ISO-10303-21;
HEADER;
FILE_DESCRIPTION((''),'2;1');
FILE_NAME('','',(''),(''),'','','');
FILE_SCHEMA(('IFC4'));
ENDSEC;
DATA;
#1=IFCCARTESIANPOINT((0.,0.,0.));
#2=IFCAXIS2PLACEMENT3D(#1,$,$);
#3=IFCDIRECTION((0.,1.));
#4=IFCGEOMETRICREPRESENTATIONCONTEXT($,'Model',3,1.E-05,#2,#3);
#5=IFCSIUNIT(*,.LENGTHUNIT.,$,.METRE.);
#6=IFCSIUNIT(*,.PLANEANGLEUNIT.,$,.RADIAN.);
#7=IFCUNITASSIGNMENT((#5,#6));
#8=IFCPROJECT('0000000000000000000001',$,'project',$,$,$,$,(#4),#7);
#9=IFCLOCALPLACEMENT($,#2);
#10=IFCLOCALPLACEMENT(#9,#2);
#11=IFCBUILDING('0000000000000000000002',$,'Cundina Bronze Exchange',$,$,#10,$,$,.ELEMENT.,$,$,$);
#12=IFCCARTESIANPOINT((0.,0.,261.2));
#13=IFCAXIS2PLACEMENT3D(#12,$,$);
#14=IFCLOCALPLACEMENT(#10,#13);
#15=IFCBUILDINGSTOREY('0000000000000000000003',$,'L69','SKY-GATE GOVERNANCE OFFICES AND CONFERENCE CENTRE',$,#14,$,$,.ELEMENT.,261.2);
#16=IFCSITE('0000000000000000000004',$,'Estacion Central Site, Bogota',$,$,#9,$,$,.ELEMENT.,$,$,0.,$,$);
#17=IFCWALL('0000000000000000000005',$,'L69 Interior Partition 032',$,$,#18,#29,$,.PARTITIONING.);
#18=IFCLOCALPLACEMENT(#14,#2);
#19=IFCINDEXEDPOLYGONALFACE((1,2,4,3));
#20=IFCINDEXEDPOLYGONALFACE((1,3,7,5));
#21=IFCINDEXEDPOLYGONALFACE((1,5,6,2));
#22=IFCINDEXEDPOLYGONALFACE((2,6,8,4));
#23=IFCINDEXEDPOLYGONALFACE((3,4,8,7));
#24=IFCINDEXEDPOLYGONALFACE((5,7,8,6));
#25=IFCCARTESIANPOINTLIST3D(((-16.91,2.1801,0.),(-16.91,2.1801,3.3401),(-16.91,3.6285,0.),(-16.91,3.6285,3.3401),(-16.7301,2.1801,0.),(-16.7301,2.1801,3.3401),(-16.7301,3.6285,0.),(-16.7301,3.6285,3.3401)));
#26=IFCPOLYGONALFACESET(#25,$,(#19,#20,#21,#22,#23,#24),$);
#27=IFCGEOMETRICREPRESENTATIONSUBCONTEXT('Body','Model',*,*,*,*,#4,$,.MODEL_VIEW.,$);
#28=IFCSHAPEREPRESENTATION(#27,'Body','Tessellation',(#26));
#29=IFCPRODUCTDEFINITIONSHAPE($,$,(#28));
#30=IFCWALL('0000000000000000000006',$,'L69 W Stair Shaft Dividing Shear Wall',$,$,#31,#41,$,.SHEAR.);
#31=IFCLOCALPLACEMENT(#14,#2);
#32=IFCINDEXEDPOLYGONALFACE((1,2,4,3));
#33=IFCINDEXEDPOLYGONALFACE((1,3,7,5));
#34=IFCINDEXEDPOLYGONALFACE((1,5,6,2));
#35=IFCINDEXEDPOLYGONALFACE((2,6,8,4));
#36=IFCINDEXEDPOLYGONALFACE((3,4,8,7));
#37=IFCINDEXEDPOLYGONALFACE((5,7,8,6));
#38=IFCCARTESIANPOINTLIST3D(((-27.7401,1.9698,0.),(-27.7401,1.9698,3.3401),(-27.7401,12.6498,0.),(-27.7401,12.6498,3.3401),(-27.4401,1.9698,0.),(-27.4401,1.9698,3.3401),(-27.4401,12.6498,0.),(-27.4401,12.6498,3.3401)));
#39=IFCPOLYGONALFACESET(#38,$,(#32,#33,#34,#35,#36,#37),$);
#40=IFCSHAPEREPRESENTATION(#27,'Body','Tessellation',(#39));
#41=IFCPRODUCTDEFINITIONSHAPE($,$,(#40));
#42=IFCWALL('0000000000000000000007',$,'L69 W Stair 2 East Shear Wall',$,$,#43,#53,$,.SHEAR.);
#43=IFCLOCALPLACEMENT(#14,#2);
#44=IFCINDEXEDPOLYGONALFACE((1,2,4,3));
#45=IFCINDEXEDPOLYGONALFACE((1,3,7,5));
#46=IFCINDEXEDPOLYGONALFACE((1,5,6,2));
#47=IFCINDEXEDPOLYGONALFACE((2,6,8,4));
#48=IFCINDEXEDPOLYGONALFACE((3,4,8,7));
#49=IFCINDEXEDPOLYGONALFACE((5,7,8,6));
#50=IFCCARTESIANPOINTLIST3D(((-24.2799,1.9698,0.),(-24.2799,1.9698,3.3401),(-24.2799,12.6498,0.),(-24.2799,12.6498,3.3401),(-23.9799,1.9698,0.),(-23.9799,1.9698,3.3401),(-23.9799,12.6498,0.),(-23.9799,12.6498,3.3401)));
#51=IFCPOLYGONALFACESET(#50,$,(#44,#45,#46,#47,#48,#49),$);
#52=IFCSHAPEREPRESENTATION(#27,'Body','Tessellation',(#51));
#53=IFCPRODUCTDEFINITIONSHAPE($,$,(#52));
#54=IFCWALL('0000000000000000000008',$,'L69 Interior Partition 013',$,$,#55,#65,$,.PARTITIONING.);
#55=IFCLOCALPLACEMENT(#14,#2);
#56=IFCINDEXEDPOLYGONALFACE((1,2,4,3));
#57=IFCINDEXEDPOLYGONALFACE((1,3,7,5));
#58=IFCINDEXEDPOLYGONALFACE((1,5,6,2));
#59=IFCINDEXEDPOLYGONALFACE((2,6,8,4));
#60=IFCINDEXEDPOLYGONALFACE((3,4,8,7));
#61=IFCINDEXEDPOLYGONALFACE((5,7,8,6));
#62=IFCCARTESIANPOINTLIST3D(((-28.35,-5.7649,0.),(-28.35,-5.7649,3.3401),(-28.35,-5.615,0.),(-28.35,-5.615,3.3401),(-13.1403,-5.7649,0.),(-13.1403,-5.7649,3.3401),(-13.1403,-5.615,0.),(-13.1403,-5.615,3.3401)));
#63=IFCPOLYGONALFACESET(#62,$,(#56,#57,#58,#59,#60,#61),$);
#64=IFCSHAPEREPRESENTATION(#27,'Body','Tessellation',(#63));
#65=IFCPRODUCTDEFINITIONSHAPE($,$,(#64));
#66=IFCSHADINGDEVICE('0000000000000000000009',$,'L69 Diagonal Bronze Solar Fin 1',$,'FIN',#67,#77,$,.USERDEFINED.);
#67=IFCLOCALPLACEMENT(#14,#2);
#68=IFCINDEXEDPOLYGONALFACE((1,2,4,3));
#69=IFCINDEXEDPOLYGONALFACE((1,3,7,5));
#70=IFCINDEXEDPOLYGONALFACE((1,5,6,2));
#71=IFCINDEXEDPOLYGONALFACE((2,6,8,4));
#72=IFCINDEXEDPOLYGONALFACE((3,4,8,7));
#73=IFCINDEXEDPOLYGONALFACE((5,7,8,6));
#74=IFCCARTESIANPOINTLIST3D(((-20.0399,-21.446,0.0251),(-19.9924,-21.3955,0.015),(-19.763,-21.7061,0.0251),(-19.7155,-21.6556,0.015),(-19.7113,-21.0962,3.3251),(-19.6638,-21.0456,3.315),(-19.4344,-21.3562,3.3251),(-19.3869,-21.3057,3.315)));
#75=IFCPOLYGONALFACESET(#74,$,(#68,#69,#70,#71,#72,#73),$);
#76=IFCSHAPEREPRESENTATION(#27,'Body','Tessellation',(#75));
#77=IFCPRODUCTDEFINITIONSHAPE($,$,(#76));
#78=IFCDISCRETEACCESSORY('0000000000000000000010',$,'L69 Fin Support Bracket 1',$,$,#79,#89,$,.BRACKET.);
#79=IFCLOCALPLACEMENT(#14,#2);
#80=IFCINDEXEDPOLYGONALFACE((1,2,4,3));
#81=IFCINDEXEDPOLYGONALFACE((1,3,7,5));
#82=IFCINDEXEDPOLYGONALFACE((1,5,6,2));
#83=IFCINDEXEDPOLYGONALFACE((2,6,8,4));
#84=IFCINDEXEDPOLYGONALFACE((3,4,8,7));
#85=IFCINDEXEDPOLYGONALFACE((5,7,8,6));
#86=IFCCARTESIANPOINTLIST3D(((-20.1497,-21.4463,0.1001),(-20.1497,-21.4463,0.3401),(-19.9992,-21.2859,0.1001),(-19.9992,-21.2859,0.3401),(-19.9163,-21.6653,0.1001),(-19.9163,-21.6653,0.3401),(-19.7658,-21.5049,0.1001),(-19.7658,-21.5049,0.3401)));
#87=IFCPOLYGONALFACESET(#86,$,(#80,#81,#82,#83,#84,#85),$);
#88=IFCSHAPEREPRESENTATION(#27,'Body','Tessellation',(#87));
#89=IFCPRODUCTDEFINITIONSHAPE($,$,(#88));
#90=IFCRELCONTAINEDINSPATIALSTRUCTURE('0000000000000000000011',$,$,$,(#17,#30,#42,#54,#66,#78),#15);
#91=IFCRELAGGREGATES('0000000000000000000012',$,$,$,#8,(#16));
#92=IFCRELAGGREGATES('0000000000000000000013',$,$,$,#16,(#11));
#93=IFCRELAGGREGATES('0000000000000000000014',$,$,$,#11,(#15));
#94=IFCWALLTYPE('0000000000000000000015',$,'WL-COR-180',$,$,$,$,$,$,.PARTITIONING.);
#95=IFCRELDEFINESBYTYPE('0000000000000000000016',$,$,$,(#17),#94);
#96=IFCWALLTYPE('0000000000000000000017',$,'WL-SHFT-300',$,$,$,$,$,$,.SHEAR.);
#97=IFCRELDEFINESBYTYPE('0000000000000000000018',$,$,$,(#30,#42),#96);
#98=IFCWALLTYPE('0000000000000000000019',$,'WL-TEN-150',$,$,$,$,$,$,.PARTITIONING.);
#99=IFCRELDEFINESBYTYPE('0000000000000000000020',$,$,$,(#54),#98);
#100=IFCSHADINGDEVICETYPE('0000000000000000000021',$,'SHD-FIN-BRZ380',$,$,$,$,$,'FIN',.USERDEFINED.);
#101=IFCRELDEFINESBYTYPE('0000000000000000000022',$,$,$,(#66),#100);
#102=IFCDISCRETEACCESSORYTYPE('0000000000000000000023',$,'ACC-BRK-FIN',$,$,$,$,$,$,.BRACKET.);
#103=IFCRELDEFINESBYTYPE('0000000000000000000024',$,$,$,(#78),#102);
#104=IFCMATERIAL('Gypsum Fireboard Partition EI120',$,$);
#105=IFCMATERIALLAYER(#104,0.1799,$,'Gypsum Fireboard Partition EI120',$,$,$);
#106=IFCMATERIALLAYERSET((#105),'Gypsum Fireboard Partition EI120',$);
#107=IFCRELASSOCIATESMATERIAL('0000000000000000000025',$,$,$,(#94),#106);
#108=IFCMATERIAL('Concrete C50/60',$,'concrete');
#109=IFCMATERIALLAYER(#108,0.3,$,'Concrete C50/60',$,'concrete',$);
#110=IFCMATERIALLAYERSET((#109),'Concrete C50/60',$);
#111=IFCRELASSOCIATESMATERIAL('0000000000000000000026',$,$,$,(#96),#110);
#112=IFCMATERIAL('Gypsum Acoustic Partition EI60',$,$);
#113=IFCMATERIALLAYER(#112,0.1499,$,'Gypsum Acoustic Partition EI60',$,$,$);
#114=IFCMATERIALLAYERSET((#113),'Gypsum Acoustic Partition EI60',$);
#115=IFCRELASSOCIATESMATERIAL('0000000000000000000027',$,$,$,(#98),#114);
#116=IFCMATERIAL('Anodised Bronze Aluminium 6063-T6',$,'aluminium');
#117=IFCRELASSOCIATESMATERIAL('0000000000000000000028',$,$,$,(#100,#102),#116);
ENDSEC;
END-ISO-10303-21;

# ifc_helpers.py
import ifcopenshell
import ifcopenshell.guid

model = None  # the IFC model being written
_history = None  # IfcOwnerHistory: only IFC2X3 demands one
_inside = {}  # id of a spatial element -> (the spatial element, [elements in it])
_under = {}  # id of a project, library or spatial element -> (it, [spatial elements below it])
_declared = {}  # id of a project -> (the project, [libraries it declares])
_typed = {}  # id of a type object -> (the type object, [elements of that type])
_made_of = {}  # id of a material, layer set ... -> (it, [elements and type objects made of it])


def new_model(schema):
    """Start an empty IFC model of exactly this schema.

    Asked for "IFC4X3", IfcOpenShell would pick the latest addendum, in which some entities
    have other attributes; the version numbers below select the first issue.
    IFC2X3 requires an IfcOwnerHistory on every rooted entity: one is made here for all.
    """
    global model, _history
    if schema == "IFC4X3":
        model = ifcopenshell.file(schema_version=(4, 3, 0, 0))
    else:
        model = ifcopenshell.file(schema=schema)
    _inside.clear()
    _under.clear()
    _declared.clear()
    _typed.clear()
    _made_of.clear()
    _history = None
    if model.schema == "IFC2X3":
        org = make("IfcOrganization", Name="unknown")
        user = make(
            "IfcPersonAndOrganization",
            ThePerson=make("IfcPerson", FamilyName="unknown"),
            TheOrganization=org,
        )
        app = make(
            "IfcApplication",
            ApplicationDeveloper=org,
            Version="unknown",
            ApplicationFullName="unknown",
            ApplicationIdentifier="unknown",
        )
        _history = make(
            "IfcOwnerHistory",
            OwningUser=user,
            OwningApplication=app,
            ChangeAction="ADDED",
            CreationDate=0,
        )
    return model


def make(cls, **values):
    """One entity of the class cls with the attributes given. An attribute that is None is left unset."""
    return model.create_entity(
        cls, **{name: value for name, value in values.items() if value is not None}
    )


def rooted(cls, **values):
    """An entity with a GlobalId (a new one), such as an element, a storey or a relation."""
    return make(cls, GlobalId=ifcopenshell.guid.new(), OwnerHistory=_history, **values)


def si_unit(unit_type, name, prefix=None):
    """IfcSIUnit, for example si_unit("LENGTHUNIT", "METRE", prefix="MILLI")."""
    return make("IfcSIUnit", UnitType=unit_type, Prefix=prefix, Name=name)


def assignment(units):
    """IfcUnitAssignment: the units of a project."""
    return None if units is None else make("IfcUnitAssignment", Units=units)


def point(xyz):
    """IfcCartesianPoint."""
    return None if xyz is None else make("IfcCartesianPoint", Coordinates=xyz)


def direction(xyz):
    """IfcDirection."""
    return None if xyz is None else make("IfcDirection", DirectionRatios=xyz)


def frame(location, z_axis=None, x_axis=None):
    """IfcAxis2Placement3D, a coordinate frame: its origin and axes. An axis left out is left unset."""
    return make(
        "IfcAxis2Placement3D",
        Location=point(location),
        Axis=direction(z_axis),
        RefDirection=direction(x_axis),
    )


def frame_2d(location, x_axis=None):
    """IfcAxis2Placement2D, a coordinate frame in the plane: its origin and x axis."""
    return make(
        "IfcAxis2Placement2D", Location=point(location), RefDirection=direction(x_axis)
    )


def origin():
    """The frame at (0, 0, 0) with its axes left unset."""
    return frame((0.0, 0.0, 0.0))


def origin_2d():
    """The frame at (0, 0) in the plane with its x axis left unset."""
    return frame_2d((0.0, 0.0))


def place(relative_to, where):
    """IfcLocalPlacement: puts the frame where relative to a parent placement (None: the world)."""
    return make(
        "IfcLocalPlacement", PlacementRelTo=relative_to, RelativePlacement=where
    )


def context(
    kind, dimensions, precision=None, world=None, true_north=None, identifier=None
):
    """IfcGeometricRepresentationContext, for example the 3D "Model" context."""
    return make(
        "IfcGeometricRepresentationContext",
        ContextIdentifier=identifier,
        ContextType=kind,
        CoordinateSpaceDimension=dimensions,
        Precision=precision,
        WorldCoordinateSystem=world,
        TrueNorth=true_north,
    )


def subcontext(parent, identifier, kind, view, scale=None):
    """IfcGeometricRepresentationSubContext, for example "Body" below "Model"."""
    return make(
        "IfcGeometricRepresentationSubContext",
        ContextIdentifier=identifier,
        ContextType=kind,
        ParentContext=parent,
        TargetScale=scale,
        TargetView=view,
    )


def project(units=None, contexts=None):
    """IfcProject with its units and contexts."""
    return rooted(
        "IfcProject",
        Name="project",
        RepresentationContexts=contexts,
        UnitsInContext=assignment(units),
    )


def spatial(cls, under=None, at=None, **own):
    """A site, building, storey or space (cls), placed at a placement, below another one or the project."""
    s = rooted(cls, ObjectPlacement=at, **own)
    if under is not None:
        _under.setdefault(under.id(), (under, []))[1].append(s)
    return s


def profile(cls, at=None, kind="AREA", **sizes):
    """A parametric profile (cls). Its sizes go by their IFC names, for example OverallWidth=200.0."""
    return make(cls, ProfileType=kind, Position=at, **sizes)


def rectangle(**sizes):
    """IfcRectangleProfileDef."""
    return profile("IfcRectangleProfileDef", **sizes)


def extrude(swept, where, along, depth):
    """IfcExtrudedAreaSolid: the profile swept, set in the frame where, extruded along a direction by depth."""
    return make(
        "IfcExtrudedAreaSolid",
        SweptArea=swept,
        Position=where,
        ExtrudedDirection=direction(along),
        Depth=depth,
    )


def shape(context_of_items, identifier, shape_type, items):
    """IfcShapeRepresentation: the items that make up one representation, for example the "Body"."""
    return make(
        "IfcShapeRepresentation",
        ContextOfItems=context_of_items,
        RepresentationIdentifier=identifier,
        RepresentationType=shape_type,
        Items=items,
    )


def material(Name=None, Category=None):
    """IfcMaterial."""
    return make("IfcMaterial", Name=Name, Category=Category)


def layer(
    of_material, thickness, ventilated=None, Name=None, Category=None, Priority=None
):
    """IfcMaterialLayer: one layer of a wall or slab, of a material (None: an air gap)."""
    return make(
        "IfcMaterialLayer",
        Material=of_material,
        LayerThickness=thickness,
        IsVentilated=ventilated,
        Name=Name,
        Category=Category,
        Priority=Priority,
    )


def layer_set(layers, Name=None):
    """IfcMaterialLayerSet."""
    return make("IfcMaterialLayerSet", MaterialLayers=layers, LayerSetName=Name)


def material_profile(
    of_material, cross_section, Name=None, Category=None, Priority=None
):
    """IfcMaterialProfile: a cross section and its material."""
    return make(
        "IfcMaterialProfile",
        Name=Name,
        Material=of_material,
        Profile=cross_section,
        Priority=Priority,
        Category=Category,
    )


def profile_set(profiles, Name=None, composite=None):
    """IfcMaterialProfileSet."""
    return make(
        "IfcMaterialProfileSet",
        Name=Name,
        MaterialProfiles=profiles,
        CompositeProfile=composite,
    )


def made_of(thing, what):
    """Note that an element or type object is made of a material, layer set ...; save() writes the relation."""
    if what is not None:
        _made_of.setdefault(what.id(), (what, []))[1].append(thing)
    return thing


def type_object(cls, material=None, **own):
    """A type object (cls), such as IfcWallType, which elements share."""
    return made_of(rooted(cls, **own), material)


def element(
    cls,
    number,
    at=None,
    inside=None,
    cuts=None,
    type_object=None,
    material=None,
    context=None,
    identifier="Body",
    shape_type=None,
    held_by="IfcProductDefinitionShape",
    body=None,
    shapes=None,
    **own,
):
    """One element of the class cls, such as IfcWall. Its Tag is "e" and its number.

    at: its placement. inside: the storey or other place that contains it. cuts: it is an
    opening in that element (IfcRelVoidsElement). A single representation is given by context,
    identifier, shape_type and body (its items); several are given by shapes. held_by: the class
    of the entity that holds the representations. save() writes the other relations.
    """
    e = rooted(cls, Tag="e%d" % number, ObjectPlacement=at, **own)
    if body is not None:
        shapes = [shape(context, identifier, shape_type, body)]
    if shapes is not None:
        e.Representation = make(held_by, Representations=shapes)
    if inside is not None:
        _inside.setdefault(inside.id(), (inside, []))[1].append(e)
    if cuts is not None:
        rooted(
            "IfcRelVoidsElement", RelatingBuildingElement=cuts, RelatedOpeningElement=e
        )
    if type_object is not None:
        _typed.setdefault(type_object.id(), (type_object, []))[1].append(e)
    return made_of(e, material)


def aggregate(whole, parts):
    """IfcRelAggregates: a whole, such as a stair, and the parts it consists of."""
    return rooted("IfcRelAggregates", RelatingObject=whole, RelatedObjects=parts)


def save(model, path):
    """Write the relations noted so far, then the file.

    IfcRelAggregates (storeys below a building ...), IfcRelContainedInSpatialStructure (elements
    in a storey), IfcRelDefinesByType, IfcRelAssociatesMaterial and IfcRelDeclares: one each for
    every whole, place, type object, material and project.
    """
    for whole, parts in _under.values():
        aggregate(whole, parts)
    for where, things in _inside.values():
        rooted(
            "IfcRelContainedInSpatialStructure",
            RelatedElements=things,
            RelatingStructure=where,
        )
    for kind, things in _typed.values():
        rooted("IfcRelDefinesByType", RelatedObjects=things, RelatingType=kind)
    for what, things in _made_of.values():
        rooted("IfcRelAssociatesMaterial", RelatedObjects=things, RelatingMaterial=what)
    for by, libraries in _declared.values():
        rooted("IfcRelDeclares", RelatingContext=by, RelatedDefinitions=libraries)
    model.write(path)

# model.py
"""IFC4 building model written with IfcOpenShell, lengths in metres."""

from ifc_helpers import new_model, si_unit, direction, frame, frame_2d, origin, origin_2d, place, context, subcontext, project, spatial, rectangle, extrude, material, layer, layer_set, material_profile, profile_set, type_object, element, save


model = new_model("IFC4")

# Units and contexts
model_context = context("Model", 3, precision=1e-05, world=origin(), true_north=direction((0.0, 1.0)))
body_context = subcontext(model_context, "Body", "Model", "MODEL_VIEW")
ifc_project = project(units=[si_unit("LENGTHUNIT", "METRE"), si_unit("PLANEANGLEUNIT", "RADIAN")], contexts=[model_context])

# Site, building, storey
site_placement = place(None, origin())
site = spatial("IfcSite", under=ifc_project, at=site_placement, Name="Estacion Central Site, Bogota", CompositionType="ELEMENT", RefElevation=0.0)
building_placement = place(site_placement, origin())
building = spatial("IfcBuilding", under=site, at=building_placement, Name="Cundina Bronze Exchange", CompositionType="ELEMENT")
storey_placement = place(building_placement, frame((0.0, 0.0, 261.2)))
storey = spatial("IfcBuildingStorey", under=building, at=storey_placement, Name="L69", Description="SKY-GATE GOVERNANCE OFFICES AND CONFERENCE CENTRE", CompositionType="ELEMENT", Elevation=261.2)

# Shared definitions
ifc_material_1 = material(Name="Concrete C50/60", Category="concrete")

# Shared definitions
ifc_material_2 = material(Name="Anodised Bronze Aluminium 6063-T6", Category="aluminium")

# Shared definitions
ifc_material_3 = material(Name="Gypsum Fireboard Partition EI120")
ifc_layer_1 = layer(ifc_material_3, 0.1799, Name="Gypsum Fireboard Partition EI120")
ifc_layer_set_1 = layer_set([ifc_layer_1], Name="Gypsum Fireboard Partition EI120")
wall_type_1 = type_object("IfcWallType", Name="WL-COR-180", PredefinedType="PARTITIONING", material=ifc_layer_set_1)

# Walls
wall_1_placement = place(storey_placement, frame((-16.8201, 3.6284, 0.0), z_axis=(0.0, 0.0, 1.0), x_axis=(0.0, -1.0, 0.0)))
element("IfcWall", 1, at=wall_1_placement, inside=storey, type_object=wall_type_1, Name="L69 Interior Partition 032", PredefinedType="PARTITIONING", context=body_context, shape_type="SweptSolid", body=[
    extrude(rectangle(XDim=1.4485, YDim=0.1799, at=frame_2d((0.7241, 0.0))), origin(), (0.0, 0.0, 1.0), 3.3401),
])
ifc_layer_2 = layer(ifc_material_1, 0.3, Name="Concrete C50/60", Category="concrete")
ifc_layer_set_2 = layer_set([ifc_layer_2], Name="Concrete C50/60")
wall_type_2 = type_object("IfcWallType", Name="WL-SHFT-300", PredefinedType="SHEAR", material=ifc_layer_set_2)
for number, where, z_axis, x_axis, name in (
    (2, (-27.5901, 1.97, 0.0), (0.0, 0.0, 1.0), (0.0, 1.0, 0.0), "L69 W Stair Shaft Dividing Shear Wall"),
    (3, (-24.1299, 1.97, 0.0), (0.0, 0.0, 1.0), (0.0, 1.0, 0.0), "L69 W Stair 2 East Shear Wall"),
):
    element("IfcWall", number, at=place(storey_placement, frame(where, z_axis=z_axis, x_axis=x_axis)), inside=storey, type_object=wall_type_2, Name=name, PredefinedType="SHEAR", context=body_context, shape_type="SweptSolid", body=[
        extrude(rectangle(XDim=10.6799, YDim=0.3, at=frame_2d((5.3398, 0.0))), origin(), (0.0, 0.0, 1.0), 3.3401),
    ])
ifc_material_4 = material(Name="Gypsum Acoustic Partition EI60")
ifc_layer_3 = layer(ifc_material_4, 0.1499, Name="Gypsum Acoustic Partition EI60")
ifc_layer_set_3 = layer_set([ifc_layer_3], Name="Gypsum Acoustic Partition EI60")
wall_type_3 = type_object("IfcWallType", Name="WL-TEN-150", PredefinedType="PARTITIONING", material=ifc_layer_set_3)
wall_2_placement = place(storey_placement, frame((-28.3501, -5.6899, 0.0), z_axis=(0.0, 0.0, 1.0), x_axis=(1.0, 0.0, 0.0)))
element("IfcWall", 4, at=wall_2_placement, inside=storey, type_object=wall_type_3, Name="L69 Interior Partition 013", PredefinedType="PARTITIONING", context=body_context, shape_type="SweptSolid", body=[
    extrude(rectangle(XDim=15.2097, YDim=0.1499, at=frame_2d((7.605, 0.0))), origin(), (0.0, 0.0, 1.0), 3.3401),
])

# Shading device
ifc_material_profile_1 = material_profile(ifc_material_2, rectangle(XDim=0.0701, YDim=0.3799, at=origin_2d()), Name="FIN70X380", Category="aluminium")
ifc_profile_set_1 = profile_set([ifc_material_profile_1], Name="Anodised Bronze Aluminium 6063-T6")
shading_device_type = type_object("IfcShadingDeviceType", Name="SHD-FIN-BRZ380", ElementType="FIN", PredefinedType="USERDEFINED", material=ifc_profile_set_1)
shading_device_placement = place(storey_placement, frame((-19.8777, -21.5508, 0.02), z_axis=(0.098541, 0.104911, 0.989587), x_axis=(-0.677506, -0.721297, 0.143933)))
element("IfcShadingDevice", 5, at=shading_device_placement, inside=storey, type_object=shading_device_type, Name="L69 Diagonal Bronze Solar Fin 1", ObjectType="FIN", PredefinedType="USERDEFINED", context=body_context, shape_type="SweptSolid", body=[
    extrude(rectangle(XDim=0.0701, YDim=0.3799, at=origin_2d()), origin(), (0.0, 0.0, 1.0), 3.3347),
])

# Discrete accessory
discrete_accessory_type = type_object("IfcDiscreteAccessoryType", Name="ACC-BRK-FIN", PredefinedType="BRACKET", material=ifc_material_2)
discrete_accessory_placement = place(storey_placement, frame((-19.9578, -21.4756, 0.1001), z_axis=(0.0, 0.0, 1.0), x_axis=(0.684344, 0.72916, 0.0)))
element("IfcDiscreteAccessory", 6, at=discrete_accessory_placement, inside=storey, type_object=discrete_accessory_type, Name="L69 Fin Support Bracket 1", PredefinedType="BRACKET", context=body_context, shape_type="SweptSolid", body=[
    extrude(rectangle(XDim=0.22, YDim=0.3201, at=origin_2d()), origin(), (0.0, 0.0, 1.0), 0.24),
])

save(model, "model.ifc")
